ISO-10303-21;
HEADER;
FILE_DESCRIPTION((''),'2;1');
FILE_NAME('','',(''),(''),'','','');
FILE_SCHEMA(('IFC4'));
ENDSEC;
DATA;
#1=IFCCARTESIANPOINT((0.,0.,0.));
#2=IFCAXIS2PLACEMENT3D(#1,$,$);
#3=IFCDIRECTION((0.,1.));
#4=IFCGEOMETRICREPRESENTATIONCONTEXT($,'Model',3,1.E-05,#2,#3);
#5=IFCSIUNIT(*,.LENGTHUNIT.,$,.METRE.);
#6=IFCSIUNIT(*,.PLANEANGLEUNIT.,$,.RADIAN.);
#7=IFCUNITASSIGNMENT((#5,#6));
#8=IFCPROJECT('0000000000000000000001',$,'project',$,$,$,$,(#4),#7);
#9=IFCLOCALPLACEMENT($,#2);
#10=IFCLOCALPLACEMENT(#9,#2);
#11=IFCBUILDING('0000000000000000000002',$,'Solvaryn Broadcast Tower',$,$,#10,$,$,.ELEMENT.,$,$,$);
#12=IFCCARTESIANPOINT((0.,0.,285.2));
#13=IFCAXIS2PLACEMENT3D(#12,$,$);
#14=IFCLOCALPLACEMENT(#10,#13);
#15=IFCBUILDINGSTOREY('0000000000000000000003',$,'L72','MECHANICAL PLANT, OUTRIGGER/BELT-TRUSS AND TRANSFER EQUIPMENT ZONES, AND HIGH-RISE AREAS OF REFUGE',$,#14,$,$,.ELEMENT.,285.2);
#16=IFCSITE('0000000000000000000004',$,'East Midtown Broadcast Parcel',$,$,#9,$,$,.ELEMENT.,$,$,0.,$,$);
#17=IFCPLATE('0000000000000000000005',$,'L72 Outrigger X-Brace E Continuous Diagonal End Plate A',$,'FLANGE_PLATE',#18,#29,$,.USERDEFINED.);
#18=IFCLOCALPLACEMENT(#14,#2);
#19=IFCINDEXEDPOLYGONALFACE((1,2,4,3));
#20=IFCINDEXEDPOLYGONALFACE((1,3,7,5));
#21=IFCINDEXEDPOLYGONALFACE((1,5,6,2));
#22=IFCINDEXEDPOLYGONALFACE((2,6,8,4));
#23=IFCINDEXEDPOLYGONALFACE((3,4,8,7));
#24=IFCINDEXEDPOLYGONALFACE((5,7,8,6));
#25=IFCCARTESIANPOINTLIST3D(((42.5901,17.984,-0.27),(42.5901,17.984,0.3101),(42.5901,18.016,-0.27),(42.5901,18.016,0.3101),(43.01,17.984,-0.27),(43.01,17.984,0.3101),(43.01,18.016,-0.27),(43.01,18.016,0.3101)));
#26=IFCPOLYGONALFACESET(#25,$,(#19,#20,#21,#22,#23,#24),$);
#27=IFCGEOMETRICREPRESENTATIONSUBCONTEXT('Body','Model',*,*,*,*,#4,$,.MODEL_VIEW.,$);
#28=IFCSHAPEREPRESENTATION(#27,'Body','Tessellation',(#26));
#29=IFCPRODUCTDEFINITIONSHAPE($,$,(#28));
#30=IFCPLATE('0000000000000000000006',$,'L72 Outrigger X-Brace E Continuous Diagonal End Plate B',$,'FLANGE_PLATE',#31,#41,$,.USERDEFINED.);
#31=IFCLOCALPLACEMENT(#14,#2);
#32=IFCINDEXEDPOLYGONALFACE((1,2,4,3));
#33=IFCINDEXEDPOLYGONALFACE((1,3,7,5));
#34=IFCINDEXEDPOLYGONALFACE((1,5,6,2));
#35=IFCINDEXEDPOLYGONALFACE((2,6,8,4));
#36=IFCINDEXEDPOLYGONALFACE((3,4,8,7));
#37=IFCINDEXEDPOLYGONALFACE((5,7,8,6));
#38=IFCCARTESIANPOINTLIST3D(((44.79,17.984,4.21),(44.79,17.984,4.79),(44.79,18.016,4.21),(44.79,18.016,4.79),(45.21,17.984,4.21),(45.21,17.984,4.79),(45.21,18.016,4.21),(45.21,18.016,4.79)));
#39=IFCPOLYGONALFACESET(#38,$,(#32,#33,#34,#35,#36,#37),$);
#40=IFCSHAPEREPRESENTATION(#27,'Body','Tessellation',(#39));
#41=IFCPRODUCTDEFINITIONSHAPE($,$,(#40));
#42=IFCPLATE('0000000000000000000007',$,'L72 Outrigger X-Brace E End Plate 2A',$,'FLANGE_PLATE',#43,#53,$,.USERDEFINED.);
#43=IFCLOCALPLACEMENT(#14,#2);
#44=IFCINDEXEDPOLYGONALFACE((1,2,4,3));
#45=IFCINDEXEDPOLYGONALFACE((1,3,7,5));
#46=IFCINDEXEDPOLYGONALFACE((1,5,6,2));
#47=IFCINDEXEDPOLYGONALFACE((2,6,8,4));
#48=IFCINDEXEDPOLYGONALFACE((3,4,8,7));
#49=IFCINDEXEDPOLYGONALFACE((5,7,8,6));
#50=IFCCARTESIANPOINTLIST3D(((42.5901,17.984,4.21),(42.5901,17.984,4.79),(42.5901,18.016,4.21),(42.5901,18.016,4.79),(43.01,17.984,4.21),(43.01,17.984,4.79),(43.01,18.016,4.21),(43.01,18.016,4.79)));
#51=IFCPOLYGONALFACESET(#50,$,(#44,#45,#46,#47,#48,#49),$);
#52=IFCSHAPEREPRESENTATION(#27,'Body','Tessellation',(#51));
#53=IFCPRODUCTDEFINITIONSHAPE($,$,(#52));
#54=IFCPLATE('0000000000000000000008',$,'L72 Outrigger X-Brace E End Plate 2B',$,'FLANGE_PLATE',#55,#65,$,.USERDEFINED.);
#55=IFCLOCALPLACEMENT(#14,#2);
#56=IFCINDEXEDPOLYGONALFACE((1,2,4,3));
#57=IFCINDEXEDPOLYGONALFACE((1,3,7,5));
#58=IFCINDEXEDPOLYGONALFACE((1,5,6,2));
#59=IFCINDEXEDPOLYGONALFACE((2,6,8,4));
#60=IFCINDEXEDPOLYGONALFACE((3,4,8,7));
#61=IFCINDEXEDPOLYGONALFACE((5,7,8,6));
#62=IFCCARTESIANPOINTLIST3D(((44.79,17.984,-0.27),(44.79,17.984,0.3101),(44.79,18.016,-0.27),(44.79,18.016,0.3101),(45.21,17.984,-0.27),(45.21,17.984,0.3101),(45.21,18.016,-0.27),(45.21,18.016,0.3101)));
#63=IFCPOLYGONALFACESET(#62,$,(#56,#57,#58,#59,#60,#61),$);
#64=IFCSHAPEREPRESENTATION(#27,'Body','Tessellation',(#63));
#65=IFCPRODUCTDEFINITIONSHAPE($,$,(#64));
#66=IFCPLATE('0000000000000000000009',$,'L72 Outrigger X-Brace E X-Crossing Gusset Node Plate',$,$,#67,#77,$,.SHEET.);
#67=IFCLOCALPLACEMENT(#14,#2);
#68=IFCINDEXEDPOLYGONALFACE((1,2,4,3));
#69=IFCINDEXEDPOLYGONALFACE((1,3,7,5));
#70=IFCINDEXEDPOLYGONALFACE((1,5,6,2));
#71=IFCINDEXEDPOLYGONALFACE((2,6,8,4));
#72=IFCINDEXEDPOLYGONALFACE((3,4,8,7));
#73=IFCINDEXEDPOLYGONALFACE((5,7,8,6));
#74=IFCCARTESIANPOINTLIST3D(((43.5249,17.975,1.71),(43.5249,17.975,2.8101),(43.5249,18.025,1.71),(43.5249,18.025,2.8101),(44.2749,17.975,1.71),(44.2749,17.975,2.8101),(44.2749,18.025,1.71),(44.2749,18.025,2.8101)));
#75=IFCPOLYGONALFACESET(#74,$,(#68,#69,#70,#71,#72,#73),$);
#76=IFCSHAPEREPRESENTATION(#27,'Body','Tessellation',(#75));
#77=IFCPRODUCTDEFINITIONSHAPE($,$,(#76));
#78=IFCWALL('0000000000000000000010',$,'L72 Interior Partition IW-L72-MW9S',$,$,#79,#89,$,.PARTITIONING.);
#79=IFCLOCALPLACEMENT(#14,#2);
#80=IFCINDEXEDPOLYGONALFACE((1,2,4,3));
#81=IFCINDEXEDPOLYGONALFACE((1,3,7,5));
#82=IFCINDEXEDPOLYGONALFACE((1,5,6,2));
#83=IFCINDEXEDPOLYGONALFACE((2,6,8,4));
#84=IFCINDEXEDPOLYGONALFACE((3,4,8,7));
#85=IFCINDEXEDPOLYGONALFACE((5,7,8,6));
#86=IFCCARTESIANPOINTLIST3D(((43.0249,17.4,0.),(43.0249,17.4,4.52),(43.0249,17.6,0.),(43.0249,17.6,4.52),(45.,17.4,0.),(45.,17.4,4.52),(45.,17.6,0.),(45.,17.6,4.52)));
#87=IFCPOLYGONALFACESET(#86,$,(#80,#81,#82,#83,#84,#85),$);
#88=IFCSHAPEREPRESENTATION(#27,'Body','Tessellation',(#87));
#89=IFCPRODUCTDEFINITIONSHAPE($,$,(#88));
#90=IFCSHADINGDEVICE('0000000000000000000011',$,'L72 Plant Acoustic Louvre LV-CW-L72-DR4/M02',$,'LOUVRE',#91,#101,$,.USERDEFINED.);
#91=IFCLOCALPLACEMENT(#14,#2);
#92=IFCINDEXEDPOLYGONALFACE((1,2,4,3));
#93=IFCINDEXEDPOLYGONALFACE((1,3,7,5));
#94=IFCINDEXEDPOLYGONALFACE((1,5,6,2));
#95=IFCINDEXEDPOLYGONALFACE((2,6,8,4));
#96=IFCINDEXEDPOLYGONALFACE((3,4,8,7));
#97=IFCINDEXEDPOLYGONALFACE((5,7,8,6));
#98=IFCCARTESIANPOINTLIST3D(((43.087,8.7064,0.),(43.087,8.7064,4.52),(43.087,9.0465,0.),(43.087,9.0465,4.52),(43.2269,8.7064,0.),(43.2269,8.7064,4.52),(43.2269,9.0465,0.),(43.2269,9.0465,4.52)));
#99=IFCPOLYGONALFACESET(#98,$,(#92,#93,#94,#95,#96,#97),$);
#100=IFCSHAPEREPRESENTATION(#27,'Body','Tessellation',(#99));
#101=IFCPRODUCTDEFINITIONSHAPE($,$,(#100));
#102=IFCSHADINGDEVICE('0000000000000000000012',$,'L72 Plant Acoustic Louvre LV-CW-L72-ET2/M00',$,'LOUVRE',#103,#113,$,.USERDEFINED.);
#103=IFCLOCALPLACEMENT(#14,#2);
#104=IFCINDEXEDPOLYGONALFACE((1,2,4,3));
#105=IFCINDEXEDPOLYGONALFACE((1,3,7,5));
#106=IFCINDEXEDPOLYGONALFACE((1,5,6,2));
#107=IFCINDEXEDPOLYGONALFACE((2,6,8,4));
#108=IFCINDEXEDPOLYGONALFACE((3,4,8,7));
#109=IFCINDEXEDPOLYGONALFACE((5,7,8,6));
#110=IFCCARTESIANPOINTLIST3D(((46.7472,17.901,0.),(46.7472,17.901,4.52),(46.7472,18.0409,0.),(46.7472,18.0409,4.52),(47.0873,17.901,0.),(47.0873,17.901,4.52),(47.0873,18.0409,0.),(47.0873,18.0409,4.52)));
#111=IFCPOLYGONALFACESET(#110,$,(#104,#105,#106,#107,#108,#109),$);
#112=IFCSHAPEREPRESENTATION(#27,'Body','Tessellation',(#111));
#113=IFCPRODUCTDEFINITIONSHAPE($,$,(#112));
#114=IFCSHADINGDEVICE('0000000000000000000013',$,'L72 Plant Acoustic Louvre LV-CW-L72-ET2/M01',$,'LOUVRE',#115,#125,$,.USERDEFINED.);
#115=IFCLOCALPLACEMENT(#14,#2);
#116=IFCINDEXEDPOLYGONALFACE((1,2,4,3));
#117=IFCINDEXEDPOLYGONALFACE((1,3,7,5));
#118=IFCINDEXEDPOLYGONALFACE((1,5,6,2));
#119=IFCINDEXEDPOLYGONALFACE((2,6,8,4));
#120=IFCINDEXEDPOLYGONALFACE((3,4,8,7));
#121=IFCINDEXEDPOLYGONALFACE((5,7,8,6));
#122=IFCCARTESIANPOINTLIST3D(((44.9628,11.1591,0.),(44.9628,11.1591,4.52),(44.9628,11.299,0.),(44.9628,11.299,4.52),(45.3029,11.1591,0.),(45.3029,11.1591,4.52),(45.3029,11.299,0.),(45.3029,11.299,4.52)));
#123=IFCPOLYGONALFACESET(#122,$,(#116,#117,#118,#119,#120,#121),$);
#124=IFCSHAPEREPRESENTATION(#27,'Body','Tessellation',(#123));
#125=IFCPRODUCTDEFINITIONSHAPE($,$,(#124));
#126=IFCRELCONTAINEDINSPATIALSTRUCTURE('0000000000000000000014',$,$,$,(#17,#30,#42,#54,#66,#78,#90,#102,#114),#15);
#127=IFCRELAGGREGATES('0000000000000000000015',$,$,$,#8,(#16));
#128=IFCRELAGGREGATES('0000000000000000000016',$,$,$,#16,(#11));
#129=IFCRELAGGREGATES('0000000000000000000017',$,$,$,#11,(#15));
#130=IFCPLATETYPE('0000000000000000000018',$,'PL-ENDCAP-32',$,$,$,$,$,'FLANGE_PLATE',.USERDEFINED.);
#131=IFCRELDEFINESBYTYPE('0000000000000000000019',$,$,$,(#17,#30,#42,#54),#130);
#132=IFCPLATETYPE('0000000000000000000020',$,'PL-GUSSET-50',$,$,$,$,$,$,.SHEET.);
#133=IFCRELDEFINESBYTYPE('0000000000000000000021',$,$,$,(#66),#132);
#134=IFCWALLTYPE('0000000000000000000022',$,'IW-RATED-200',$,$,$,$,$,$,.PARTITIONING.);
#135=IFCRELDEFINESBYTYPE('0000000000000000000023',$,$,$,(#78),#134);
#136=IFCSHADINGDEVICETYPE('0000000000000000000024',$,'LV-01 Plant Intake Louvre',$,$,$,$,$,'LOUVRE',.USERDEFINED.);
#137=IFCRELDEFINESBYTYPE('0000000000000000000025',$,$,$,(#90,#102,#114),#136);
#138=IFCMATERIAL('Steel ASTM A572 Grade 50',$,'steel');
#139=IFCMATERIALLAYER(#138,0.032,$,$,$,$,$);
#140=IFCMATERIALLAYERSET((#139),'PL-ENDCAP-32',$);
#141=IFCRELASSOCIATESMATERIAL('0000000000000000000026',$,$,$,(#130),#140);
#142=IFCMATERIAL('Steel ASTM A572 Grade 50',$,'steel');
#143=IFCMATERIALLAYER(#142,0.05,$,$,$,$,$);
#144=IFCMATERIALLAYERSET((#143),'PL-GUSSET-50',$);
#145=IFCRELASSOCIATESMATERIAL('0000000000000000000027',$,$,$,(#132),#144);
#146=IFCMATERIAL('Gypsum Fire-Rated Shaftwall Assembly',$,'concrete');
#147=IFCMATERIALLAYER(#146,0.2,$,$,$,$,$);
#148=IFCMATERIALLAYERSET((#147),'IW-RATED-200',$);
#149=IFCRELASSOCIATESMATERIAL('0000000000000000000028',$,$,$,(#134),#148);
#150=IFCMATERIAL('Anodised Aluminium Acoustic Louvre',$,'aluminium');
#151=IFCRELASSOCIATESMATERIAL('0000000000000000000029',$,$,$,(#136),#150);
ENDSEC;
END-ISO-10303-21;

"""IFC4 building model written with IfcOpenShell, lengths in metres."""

from ifc_helpers import new_model, si_unit, direction, frame, frame_2d, origin, origin_2d, place, context, subcontext, project, spatial, rectangle, extrude, material, layer, layer_set, type_object, element, save


model = new_model("IFC4")

# Units and contexts
model_context = context("Model", 3, precision=1e-05, world=origin(), true_north=direction((0.0, 1.0)))
body_context = subcontext(model_context, "Body", "Model", "MODEL_VIEW")
ifc_project = project(units=[si_unit("LENGTHUNIT", "METRE"), si_unit("PLANEANGLEUNIT", "RADIAN")], contexts=[model_context])

# Site, building, storey
site_placement = place(None, origin())
site = spatial("IfcSite", under=ifc_project, at=site_placement, Name="East Midtown Broadcast Parcel", CompositionType="ELEMENT", RefElevation=0.0)
building_placement = place(site_placement, origin())
building = spatial("IfcBuilding", under=site, at=building_placement, Name="Solvaryn Broadcast Tower", CompositionType="ELEMENT")
storey_placement = place(building_placement, frame((0.0, 0.0, 285.2)))
storey = spatial("IfcBuildingStorey", under=building, at=storey_placement, Name="L72", Description="MECHANICAL PLANT, OUTRIGGER/BELT-TRUSS AND TRANSFER EQUIPMENT ZONES, AND HIGH-RISE AREAS OF REFUGE", CompositionType="ELEMENT", Elevation=285.2)

# Plates
ifc_material_1 = material(Name="Steel ASTM A572 Grade 50", Category="steel")
ifc_layer_1 = layer(ifc_material_1, 0.032)
ifc_layer_set_1 = layer_set([ifc_layer_1], Name="PL-ENDCAP-32")
plate_type_1 = type_object("IfcPlateType", Name="PL-ENDCAP-32", ElementType="FLANGE_PLATE", PredefinedType="USERDEFINED", material=ifc_layer_set_1)
for number, where, z_axis, x_axis, name in (
    (1, (42.8, 18.0, -0.27), (0.0, 0.0, 1.0), (1.0, 0.0, 0.0), "L72 Outrigger X-Brace E Continuous Diagonal End Plate A"),
    (2, (45.0, 18.0, 4.21), (0.0, 0.0, 1.0), (1.0, 0.0, 0.0), "L72 Outrigger X-Brace E Continuous Diagonal End Plate B"),
    (3, (42.8, 18.0, 4.21), (0.0, 0.0, 1.0), (1.0, 0.0, 0.0), "L72 Outrigger X-Brace E End Plate 2A"),
    (4, (45.0, 18.0, -0.27), (0.0, 0.0, 1.0), (1.0, 0.0, 0.0), "L72 Outrigger X-Brace E End Plate 2B"),
):
    element("IfcPlate", number, at=place(storey_placement, frame(where, z_axis=z_axis, x_axis=x_axis)), inside=storey, type_object=plate_type_1, Name=name, ObjectType="FLANGE_PLATE", PredefinedType="USERDEFINED", context=body_context, shape_type="SweptSolid", body=[
        extrude(rectangle(XDim=0.4199, YDim=0.032, at=origin_2d()), origin(), (0.0, 0.0, 1.0), 0.5801),
    ])
ifc_material_2 = material(Name="Steel ASTM A572 Grade 50", Category="steel")
ifc_layer_2 = layer(ifc_material_2, 0.05)
ifc_layer_set_2 = layer_set([ifc_layer_2], Name="PL-GUSSET-50")
plate_type_2 = type_object("IfcPlateType", Name="PL-GUSSET-50", PredefinedType="SHEET", material=ifc_layer_set_2)
plate_1_placement = place(storey_placement, frame((43.8999, 18.0, 1.71), z_axis=(0.0, 0.0, 1.0), x_axis=(1.0, 0.0, 0.0)))
element("IfcPlate", 5, at=plate_1_placement, inside=storey, type_object=plate_type_2, Name="L72 Outrigger X-Brace E X-Crossing Gusset Node Plate", PredefinedType="SHEET", context=body_context, shape_type="SweptSolid", body=[
    extrude(rectangle(XDim=0.75, YDim=0.05, at=origin_2d()), origin(), (0.0, 0.0, 1.0), 1.1001),
])

# Wall
ifc_material_3 = material(Name="Gypsum Fire-Rated Shaftwall Assembly", Category="concrete")
ifc_layer_3 = layer(ifc_material_3, 0.2)
ifc_layer_set_3 = layer_set([ifc_layer_3], Name="IW-RATED-200")
wall_type = type_object("IfcWallType", Name="IW-RATED-200", PredefinedType="PARTITIONING", material=ifc_layer_set_3)
wall_placement = place(storey_placement, frame((43.0249, 17.5, 0.0), z_axis=(0.0, 0.0, 1.0), x_axis=(1.0, 0.0, 0.0)))
element("IfcWall", 6, at=wall_placement, inside=storey, type_object=wall_type, Name="L72 Interior Partition IW-L72-MW9S", PredefinedType="PARTITIONING", context=body_context, shape_type="SweptSolid", body=[
    extrude(rectangle(XDim=1.9751, YDim=0.2, at=frame_2d((0.9875, 0.0))), origin(), (0.0, 0.0, 1.0), 4.52),
])

# Shading devices
ifc_material_4 = material(Name="Anodised Aluminium Acoustic Louvre", Category="aluminium")
shading_device_type = type_object("IfcShadingDeviceType", Name="LV-01 Plant Intake Louvre", ElementType="LOUVRE", PredefinedType="USERDEFINED", material=ifc_material_4)
shading_device_placement = place(storey_placement, frame((43.157, 8.8765, 0.0), z_axis=(0.0, 0.0, 1.0), x_axis=(1.0, 0.0, 0.0)))
element("IfcShadingDevice", 7, at=shading_device_placement, inside=storey, type_object=shading_device_type, Name="L72 Plant Acoustic Louvre LV-CW-L72-DR4/M02", ObjectType="LOUVRE", PredefinedType="USERDEFINED", context=body_context, shape_type="SweptSolid", body=[
    extrude(rectangle(XDim=0.1399, YDim=0.3401, at=origin_2d()), origin(), (0.0, 0.0, 1.0), 4.52),
])
for number, where, z_axis, x_axis, name in (
    (8, (46.9172, 17.9709, 0.0), (0.0, 0.0, 1.0), (1.0, 0.0, 0.0), "L72 Plant Acoustic Louvre LV-CW-L72-ET2/M00"),
    (9, (45.1328, 11.229, 0.0), (0.0, 0.0, 1.0), (1.0, 0.0, 0.0), "L72 Plant Acoustic Louvre LV-CW-L72-ET2/M01"),
):
    element("IfcShadingDevice", number, at=place(storey_placement, frame(where, z_axis=z_axis, x_axis=x_axis)), inside=storey, type_object=shading_device_type, Name=name, ObjectType="LOUVRE", PredefinedType="USERDEFINED", context=body_context, shape_type="SweptSolid", body=[
        extrude(rectangle(XDim=0.3401, YDim=0.1399, at=origin_2d()), origin(), (0.0, 0.0, 1.0), 4.52),
    ])

save(model, "model.ifc")
